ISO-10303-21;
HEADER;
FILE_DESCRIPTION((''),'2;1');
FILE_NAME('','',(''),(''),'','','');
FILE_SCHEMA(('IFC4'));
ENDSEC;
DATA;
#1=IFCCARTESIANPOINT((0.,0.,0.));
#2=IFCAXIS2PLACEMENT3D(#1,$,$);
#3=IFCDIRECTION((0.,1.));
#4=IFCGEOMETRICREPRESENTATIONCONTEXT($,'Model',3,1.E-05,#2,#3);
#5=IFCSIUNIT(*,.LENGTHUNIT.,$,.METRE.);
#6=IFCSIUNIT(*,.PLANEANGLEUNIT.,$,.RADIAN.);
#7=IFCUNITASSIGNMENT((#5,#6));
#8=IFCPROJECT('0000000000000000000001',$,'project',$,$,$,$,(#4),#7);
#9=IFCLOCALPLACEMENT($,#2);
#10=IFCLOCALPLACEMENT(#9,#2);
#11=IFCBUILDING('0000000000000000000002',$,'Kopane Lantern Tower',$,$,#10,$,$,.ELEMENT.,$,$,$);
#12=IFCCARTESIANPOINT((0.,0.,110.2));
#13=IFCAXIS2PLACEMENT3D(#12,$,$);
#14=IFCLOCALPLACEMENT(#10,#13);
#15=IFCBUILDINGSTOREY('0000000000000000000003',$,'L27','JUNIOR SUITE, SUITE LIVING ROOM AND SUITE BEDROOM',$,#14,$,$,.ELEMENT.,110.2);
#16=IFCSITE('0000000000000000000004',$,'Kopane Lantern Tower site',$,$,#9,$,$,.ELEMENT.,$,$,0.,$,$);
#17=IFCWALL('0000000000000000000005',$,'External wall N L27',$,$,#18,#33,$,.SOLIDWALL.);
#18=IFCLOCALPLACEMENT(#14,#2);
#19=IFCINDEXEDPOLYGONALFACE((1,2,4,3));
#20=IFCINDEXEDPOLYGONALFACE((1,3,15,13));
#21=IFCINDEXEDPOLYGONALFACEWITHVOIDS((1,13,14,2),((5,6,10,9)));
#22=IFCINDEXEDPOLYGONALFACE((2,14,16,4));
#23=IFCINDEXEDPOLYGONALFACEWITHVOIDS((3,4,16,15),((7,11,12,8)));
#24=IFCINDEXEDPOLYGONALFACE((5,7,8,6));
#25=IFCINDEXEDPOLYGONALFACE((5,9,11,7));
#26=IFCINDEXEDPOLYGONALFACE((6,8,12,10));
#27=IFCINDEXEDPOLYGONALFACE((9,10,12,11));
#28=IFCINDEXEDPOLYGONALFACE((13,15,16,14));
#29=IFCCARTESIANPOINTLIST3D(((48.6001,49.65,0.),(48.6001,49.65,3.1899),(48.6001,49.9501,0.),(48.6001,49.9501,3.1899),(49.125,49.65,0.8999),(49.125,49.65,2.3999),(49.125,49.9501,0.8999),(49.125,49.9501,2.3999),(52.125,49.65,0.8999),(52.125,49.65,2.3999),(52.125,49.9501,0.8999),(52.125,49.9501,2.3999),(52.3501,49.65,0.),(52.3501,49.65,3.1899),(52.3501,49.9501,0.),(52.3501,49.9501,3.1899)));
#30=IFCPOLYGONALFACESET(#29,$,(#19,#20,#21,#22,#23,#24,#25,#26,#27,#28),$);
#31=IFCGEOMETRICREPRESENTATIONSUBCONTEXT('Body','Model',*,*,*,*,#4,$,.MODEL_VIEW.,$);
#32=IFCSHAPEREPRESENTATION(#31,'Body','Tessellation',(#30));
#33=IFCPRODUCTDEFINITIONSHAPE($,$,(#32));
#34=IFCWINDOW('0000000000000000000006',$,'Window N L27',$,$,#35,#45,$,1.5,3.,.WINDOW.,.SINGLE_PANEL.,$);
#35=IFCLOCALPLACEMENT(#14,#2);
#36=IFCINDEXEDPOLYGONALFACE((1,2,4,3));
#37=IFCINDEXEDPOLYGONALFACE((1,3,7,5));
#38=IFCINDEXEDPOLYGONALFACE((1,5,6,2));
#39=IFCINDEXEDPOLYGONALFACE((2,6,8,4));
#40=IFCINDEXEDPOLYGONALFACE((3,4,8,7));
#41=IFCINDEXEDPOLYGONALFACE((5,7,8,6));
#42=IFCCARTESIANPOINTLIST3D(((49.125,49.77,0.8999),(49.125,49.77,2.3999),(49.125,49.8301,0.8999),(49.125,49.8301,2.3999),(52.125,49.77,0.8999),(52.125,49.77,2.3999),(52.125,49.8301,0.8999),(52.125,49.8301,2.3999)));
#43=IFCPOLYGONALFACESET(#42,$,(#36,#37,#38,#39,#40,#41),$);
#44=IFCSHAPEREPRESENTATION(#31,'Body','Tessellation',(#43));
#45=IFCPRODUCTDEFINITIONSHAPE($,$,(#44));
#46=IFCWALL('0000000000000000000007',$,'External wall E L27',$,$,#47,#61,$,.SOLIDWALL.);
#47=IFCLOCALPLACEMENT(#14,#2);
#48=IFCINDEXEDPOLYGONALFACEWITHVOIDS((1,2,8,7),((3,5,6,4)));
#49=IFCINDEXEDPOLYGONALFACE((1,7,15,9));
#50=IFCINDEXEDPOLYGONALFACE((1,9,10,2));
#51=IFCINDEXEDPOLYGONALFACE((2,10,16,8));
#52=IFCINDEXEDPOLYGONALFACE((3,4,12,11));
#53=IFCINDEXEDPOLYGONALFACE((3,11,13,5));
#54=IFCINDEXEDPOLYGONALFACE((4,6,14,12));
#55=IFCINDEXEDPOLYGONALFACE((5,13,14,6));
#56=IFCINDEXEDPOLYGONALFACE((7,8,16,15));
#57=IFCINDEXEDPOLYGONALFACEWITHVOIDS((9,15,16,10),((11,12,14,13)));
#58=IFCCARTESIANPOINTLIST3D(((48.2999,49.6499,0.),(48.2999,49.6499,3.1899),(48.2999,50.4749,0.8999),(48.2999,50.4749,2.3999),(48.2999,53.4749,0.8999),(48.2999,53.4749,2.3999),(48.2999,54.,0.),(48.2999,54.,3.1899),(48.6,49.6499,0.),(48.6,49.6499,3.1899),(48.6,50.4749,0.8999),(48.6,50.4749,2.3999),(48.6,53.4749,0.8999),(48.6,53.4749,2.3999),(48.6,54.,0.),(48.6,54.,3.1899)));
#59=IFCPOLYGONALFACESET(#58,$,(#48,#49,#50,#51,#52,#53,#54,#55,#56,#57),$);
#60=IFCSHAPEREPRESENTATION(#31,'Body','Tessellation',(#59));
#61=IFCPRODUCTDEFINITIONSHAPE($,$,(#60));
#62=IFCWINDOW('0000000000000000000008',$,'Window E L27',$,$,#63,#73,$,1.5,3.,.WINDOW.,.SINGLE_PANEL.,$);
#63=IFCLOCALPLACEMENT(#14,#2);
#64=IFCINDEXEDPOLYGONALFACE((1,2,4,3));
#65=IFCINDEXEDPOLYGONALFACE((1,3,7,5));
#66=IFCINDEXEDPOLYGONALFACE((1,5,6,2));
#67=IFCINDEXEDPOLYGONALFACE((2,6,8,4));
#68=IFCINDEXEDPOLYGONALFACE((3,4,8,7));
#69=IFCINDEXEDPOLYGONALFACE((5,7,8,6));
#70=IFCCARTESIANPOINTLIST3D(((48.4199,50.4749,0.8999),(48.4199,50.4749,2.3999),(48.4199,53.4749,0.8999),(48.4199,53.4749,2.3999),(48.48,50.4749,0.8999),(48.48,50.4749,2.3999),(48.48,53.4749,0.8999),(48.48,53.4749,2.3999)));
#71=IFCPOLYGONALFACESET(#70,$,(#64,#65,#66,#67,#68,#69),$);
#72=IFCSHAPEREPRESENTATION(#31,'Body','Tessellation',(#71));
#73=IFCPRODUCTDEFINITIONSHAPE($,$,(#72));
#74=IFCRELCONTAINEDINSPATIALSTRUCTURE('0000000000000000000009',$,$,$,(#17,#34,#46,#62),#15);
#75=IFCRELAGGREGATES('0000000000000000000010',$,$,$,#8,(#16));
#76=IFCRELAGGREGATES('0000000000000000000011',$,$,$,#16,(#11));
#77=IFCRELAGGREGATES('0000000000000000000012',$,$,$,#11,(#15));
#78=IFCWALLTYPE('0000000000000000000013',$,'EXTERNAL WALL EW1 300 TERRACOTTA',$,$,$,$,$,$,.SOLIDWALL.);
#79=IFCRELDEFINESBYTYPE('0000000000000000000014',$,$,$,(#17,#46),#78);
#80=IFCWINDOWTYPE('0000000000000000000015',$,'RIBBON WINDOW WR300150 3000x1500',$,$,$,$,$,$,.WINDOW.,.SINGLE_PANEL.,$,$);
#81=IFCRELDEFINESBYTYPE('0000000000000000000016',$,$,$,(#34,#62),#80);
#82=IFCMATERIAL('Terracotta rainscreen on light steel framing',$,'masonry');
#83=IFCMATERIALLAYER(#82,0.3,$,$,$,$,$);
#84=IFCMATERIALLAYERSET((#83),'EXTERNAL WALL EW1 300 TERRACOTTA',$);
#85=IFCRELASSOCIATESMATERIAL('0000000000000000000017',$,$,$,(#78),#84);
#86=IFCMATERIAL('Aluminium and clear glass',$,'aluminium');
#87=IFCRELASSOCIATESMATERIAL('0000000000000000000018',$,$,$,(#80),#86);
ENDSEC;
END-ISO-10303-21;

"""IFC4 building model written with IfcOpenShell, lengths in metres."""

from ifc_helpers import new_model, si_unit, direction, frame, frame_2d, origin, place, context, subcontext, project, spatial, rectangle, extrude, material, layer, layer_set, type_object, element, fill, save


model = new_model("IFC4")

# Units and contexts
model_context = context("Model", 3, precision=1e-05, world=origin(), true_north=direction((0.0, 1.0)))
body_context = subcontext(model_context, "Body", "Model", "MODEL_VIEW")
ifc_project = project(units=[si_unit("LENGTHUNIT", "METRE"), si_unit("PLANEANGLEUNIT", "RADIAN")], contexts=[model_context])

# Site, building, storey
site_placement = place(None, origin())
site = spatial("IfcSite", under=ifc_project, at=site_placement, Name="Kopane Lantern Tower site", CompositionType="ELEMENT", RefElevation=0.0)
building_placement = place(site_placement, origin())
building = spatial("IfcBuilding", under=site, at=building_placement, Name="Kopane Lantern Tower", CompositionType="ELEMENT")
storey_placement = place(building_placement, frame((0.0, 0.0, 110.2)))
storey = spatial("IfcBuildingStorey", under=building, at=storey_placement, Name="L27", Description="JUNIOR SUITE, SUITE LIVING ROOM AND SUITE BEDROOM", CompositionType="ELEMENT", Elevation=110.2)

# Walls, openings, windows
ifc_material_1 = material(Name="Terracotta rainscreen on light steel framing", Category="masonry")
ifc_layer_1 = layer(ifc_material_1, 0.3)
ifc_layer_set_1 = layer_set([ifc_layer_1], Name="EXTERNAL WALL EW1 300 TERRACOTTA")
wall_type_1 = type_object("IfcWallType", Name="EXTERNAL WALL EW1 300 TERRACOTTA", PredefinedType="SOLIDWALL", material=ifc_layer_set_1)
wall_1_placement = place(storey_placement, frame((52.3501, 49.8, 0.0), z_axis=(0.0, 0.0, 1.0), x_axis=(-1.0, 0.0, 0.0)))
wall_1 = element("IfcWall", 1, at=wall_1_placement, inside=storey, type_object=wall_type_1, Name="External wall N L27", PredefinedType="SOLIDWALL", context=body_context, shape_type="SweptSolid", body=[
    extrude(rectangle(XDim=3.75, YDim=0.3, at=frame_2d((1.875, 0.0))), origin(), (0.0, 0.0, 1.0), 3.1899),
])
opening_1_placement = place(wall_1_placement, frame((0.2251, 0.0, 0.8999)))
opening_1 = element("IfcOpeningElement", 2, at=opening_1_placement, cuts=wall_1, PredefinedType="OPENING", context=body_context, shape_type="SweptSolid", body=[
    extrude(rectangle(XDim=3.0, YDim=1.5, at=frame_2d((1.5, 0.75))), frame((0.0, 0.1599, 0.0), z_axis=(0.0, -1.0, 0.0), x_axis=(1.0, 0.0, 0.0)), (0.0, 0.0, 1.0), 0.3201),
])
ifc_material_2 = material(Name="Aluminium and clear glass", Category="aluminium")
window_type = type_object("IfcWindowType", Name="RIBBON WINDOW WR300150 3000x1500", PartitioningType="SINGLE_PANEL", PredefinedType="WINDOW", material=ifc_material_2)
window_1_placement = place(opening_1_placement, origin())
window_1 = element("IfcWindow", 3, at=window_1_placement, inside=storey, type_object=window_type, Name="Window N L27", OverallHeight=1.5, OverallWidth=3.0, PartitioningType="SINGLE_PANEL", PredefinedType="WINDOW", context=body_context, shape_type="SweptSolid", body=[
    extrude(rectangle(XDim=3.0, YDim=1.5, at=frame_2d((1.5, 0.75))), frame((0.0, 0.03, 0.0), z_axis=(0.0, -1.0, 0.0), x_axis=(1.0, 0.0, 0.0)), (0.0, 0.0, 1.0), 0.0601),
])
fill(opening_1, window_1)
wall_2_placement = place(storey_placement, frame((48.45, 49.6499, 0.0), z_axis=(0.0, 0.0, 1.0), x_axis=(0.0, 1.0, 0.0)))
wall_2 = element("IfcWall", 4, at=wall_2_placement, inside=storey, type_object=wall_type_1, Name="External wall E L27", PredefinedType="SOLIDWALL", context=body_context, shape_type="SweptSolid", body=[
    extrude(rectangle(XDim=4.3501, YDim=0.3, at=frame_2d((2.175, 0.0))), origin(), (0.0, 0.0, 1.0), 3.1899),
])
opening_2_placement = place(wall_2_placement, frame((0.825, 0.0, 0.8999)))
opening_2 = element("IfcOpeningElement", 5, at=opening_2_placement, cuts=wall_2, PredefinedType="OPENING", context=body_context, shape_type="SweptSolid", body=[
    extrude(rectangle(XDim=3.0, YDim=1.5, at=frame_2d((1.5, 0.75))), frame((0.0, 0.1599, 0.0), z_axis=(0.0, -1.0, 0.0), x_axis=(1.0, 0.0, 0.0)), (0.0, 0.0, 1.0), 0.3201),
])
window_2_placement = place(opening_2_placement, origin())
window_2 = element("IfcWindow", 6, at=window_2_placement, inside=storey, type_object=window_type, Name="Window E L27", OverallHeight=1.5, OverallWidth=3.0, PartitioningType="SINGLE_PANEL", PredefinedType="WINDOW", context=body_context, shape_type="SweptSolid", body=[
    extrude(rectangle(XDim=3.0, YDim=1.5, at=frame_2d((1.5, 0.75))), frame((0.0, 0.03, 0.0), z_axis=(0.0, -1.0, 0.0), x_axis=(1.0, 0.0, 0.0)), (0.0, 0.0, 1.0), 0.0601),
])
fill(opening_2, window_2)

save(model, "model.ifc")
